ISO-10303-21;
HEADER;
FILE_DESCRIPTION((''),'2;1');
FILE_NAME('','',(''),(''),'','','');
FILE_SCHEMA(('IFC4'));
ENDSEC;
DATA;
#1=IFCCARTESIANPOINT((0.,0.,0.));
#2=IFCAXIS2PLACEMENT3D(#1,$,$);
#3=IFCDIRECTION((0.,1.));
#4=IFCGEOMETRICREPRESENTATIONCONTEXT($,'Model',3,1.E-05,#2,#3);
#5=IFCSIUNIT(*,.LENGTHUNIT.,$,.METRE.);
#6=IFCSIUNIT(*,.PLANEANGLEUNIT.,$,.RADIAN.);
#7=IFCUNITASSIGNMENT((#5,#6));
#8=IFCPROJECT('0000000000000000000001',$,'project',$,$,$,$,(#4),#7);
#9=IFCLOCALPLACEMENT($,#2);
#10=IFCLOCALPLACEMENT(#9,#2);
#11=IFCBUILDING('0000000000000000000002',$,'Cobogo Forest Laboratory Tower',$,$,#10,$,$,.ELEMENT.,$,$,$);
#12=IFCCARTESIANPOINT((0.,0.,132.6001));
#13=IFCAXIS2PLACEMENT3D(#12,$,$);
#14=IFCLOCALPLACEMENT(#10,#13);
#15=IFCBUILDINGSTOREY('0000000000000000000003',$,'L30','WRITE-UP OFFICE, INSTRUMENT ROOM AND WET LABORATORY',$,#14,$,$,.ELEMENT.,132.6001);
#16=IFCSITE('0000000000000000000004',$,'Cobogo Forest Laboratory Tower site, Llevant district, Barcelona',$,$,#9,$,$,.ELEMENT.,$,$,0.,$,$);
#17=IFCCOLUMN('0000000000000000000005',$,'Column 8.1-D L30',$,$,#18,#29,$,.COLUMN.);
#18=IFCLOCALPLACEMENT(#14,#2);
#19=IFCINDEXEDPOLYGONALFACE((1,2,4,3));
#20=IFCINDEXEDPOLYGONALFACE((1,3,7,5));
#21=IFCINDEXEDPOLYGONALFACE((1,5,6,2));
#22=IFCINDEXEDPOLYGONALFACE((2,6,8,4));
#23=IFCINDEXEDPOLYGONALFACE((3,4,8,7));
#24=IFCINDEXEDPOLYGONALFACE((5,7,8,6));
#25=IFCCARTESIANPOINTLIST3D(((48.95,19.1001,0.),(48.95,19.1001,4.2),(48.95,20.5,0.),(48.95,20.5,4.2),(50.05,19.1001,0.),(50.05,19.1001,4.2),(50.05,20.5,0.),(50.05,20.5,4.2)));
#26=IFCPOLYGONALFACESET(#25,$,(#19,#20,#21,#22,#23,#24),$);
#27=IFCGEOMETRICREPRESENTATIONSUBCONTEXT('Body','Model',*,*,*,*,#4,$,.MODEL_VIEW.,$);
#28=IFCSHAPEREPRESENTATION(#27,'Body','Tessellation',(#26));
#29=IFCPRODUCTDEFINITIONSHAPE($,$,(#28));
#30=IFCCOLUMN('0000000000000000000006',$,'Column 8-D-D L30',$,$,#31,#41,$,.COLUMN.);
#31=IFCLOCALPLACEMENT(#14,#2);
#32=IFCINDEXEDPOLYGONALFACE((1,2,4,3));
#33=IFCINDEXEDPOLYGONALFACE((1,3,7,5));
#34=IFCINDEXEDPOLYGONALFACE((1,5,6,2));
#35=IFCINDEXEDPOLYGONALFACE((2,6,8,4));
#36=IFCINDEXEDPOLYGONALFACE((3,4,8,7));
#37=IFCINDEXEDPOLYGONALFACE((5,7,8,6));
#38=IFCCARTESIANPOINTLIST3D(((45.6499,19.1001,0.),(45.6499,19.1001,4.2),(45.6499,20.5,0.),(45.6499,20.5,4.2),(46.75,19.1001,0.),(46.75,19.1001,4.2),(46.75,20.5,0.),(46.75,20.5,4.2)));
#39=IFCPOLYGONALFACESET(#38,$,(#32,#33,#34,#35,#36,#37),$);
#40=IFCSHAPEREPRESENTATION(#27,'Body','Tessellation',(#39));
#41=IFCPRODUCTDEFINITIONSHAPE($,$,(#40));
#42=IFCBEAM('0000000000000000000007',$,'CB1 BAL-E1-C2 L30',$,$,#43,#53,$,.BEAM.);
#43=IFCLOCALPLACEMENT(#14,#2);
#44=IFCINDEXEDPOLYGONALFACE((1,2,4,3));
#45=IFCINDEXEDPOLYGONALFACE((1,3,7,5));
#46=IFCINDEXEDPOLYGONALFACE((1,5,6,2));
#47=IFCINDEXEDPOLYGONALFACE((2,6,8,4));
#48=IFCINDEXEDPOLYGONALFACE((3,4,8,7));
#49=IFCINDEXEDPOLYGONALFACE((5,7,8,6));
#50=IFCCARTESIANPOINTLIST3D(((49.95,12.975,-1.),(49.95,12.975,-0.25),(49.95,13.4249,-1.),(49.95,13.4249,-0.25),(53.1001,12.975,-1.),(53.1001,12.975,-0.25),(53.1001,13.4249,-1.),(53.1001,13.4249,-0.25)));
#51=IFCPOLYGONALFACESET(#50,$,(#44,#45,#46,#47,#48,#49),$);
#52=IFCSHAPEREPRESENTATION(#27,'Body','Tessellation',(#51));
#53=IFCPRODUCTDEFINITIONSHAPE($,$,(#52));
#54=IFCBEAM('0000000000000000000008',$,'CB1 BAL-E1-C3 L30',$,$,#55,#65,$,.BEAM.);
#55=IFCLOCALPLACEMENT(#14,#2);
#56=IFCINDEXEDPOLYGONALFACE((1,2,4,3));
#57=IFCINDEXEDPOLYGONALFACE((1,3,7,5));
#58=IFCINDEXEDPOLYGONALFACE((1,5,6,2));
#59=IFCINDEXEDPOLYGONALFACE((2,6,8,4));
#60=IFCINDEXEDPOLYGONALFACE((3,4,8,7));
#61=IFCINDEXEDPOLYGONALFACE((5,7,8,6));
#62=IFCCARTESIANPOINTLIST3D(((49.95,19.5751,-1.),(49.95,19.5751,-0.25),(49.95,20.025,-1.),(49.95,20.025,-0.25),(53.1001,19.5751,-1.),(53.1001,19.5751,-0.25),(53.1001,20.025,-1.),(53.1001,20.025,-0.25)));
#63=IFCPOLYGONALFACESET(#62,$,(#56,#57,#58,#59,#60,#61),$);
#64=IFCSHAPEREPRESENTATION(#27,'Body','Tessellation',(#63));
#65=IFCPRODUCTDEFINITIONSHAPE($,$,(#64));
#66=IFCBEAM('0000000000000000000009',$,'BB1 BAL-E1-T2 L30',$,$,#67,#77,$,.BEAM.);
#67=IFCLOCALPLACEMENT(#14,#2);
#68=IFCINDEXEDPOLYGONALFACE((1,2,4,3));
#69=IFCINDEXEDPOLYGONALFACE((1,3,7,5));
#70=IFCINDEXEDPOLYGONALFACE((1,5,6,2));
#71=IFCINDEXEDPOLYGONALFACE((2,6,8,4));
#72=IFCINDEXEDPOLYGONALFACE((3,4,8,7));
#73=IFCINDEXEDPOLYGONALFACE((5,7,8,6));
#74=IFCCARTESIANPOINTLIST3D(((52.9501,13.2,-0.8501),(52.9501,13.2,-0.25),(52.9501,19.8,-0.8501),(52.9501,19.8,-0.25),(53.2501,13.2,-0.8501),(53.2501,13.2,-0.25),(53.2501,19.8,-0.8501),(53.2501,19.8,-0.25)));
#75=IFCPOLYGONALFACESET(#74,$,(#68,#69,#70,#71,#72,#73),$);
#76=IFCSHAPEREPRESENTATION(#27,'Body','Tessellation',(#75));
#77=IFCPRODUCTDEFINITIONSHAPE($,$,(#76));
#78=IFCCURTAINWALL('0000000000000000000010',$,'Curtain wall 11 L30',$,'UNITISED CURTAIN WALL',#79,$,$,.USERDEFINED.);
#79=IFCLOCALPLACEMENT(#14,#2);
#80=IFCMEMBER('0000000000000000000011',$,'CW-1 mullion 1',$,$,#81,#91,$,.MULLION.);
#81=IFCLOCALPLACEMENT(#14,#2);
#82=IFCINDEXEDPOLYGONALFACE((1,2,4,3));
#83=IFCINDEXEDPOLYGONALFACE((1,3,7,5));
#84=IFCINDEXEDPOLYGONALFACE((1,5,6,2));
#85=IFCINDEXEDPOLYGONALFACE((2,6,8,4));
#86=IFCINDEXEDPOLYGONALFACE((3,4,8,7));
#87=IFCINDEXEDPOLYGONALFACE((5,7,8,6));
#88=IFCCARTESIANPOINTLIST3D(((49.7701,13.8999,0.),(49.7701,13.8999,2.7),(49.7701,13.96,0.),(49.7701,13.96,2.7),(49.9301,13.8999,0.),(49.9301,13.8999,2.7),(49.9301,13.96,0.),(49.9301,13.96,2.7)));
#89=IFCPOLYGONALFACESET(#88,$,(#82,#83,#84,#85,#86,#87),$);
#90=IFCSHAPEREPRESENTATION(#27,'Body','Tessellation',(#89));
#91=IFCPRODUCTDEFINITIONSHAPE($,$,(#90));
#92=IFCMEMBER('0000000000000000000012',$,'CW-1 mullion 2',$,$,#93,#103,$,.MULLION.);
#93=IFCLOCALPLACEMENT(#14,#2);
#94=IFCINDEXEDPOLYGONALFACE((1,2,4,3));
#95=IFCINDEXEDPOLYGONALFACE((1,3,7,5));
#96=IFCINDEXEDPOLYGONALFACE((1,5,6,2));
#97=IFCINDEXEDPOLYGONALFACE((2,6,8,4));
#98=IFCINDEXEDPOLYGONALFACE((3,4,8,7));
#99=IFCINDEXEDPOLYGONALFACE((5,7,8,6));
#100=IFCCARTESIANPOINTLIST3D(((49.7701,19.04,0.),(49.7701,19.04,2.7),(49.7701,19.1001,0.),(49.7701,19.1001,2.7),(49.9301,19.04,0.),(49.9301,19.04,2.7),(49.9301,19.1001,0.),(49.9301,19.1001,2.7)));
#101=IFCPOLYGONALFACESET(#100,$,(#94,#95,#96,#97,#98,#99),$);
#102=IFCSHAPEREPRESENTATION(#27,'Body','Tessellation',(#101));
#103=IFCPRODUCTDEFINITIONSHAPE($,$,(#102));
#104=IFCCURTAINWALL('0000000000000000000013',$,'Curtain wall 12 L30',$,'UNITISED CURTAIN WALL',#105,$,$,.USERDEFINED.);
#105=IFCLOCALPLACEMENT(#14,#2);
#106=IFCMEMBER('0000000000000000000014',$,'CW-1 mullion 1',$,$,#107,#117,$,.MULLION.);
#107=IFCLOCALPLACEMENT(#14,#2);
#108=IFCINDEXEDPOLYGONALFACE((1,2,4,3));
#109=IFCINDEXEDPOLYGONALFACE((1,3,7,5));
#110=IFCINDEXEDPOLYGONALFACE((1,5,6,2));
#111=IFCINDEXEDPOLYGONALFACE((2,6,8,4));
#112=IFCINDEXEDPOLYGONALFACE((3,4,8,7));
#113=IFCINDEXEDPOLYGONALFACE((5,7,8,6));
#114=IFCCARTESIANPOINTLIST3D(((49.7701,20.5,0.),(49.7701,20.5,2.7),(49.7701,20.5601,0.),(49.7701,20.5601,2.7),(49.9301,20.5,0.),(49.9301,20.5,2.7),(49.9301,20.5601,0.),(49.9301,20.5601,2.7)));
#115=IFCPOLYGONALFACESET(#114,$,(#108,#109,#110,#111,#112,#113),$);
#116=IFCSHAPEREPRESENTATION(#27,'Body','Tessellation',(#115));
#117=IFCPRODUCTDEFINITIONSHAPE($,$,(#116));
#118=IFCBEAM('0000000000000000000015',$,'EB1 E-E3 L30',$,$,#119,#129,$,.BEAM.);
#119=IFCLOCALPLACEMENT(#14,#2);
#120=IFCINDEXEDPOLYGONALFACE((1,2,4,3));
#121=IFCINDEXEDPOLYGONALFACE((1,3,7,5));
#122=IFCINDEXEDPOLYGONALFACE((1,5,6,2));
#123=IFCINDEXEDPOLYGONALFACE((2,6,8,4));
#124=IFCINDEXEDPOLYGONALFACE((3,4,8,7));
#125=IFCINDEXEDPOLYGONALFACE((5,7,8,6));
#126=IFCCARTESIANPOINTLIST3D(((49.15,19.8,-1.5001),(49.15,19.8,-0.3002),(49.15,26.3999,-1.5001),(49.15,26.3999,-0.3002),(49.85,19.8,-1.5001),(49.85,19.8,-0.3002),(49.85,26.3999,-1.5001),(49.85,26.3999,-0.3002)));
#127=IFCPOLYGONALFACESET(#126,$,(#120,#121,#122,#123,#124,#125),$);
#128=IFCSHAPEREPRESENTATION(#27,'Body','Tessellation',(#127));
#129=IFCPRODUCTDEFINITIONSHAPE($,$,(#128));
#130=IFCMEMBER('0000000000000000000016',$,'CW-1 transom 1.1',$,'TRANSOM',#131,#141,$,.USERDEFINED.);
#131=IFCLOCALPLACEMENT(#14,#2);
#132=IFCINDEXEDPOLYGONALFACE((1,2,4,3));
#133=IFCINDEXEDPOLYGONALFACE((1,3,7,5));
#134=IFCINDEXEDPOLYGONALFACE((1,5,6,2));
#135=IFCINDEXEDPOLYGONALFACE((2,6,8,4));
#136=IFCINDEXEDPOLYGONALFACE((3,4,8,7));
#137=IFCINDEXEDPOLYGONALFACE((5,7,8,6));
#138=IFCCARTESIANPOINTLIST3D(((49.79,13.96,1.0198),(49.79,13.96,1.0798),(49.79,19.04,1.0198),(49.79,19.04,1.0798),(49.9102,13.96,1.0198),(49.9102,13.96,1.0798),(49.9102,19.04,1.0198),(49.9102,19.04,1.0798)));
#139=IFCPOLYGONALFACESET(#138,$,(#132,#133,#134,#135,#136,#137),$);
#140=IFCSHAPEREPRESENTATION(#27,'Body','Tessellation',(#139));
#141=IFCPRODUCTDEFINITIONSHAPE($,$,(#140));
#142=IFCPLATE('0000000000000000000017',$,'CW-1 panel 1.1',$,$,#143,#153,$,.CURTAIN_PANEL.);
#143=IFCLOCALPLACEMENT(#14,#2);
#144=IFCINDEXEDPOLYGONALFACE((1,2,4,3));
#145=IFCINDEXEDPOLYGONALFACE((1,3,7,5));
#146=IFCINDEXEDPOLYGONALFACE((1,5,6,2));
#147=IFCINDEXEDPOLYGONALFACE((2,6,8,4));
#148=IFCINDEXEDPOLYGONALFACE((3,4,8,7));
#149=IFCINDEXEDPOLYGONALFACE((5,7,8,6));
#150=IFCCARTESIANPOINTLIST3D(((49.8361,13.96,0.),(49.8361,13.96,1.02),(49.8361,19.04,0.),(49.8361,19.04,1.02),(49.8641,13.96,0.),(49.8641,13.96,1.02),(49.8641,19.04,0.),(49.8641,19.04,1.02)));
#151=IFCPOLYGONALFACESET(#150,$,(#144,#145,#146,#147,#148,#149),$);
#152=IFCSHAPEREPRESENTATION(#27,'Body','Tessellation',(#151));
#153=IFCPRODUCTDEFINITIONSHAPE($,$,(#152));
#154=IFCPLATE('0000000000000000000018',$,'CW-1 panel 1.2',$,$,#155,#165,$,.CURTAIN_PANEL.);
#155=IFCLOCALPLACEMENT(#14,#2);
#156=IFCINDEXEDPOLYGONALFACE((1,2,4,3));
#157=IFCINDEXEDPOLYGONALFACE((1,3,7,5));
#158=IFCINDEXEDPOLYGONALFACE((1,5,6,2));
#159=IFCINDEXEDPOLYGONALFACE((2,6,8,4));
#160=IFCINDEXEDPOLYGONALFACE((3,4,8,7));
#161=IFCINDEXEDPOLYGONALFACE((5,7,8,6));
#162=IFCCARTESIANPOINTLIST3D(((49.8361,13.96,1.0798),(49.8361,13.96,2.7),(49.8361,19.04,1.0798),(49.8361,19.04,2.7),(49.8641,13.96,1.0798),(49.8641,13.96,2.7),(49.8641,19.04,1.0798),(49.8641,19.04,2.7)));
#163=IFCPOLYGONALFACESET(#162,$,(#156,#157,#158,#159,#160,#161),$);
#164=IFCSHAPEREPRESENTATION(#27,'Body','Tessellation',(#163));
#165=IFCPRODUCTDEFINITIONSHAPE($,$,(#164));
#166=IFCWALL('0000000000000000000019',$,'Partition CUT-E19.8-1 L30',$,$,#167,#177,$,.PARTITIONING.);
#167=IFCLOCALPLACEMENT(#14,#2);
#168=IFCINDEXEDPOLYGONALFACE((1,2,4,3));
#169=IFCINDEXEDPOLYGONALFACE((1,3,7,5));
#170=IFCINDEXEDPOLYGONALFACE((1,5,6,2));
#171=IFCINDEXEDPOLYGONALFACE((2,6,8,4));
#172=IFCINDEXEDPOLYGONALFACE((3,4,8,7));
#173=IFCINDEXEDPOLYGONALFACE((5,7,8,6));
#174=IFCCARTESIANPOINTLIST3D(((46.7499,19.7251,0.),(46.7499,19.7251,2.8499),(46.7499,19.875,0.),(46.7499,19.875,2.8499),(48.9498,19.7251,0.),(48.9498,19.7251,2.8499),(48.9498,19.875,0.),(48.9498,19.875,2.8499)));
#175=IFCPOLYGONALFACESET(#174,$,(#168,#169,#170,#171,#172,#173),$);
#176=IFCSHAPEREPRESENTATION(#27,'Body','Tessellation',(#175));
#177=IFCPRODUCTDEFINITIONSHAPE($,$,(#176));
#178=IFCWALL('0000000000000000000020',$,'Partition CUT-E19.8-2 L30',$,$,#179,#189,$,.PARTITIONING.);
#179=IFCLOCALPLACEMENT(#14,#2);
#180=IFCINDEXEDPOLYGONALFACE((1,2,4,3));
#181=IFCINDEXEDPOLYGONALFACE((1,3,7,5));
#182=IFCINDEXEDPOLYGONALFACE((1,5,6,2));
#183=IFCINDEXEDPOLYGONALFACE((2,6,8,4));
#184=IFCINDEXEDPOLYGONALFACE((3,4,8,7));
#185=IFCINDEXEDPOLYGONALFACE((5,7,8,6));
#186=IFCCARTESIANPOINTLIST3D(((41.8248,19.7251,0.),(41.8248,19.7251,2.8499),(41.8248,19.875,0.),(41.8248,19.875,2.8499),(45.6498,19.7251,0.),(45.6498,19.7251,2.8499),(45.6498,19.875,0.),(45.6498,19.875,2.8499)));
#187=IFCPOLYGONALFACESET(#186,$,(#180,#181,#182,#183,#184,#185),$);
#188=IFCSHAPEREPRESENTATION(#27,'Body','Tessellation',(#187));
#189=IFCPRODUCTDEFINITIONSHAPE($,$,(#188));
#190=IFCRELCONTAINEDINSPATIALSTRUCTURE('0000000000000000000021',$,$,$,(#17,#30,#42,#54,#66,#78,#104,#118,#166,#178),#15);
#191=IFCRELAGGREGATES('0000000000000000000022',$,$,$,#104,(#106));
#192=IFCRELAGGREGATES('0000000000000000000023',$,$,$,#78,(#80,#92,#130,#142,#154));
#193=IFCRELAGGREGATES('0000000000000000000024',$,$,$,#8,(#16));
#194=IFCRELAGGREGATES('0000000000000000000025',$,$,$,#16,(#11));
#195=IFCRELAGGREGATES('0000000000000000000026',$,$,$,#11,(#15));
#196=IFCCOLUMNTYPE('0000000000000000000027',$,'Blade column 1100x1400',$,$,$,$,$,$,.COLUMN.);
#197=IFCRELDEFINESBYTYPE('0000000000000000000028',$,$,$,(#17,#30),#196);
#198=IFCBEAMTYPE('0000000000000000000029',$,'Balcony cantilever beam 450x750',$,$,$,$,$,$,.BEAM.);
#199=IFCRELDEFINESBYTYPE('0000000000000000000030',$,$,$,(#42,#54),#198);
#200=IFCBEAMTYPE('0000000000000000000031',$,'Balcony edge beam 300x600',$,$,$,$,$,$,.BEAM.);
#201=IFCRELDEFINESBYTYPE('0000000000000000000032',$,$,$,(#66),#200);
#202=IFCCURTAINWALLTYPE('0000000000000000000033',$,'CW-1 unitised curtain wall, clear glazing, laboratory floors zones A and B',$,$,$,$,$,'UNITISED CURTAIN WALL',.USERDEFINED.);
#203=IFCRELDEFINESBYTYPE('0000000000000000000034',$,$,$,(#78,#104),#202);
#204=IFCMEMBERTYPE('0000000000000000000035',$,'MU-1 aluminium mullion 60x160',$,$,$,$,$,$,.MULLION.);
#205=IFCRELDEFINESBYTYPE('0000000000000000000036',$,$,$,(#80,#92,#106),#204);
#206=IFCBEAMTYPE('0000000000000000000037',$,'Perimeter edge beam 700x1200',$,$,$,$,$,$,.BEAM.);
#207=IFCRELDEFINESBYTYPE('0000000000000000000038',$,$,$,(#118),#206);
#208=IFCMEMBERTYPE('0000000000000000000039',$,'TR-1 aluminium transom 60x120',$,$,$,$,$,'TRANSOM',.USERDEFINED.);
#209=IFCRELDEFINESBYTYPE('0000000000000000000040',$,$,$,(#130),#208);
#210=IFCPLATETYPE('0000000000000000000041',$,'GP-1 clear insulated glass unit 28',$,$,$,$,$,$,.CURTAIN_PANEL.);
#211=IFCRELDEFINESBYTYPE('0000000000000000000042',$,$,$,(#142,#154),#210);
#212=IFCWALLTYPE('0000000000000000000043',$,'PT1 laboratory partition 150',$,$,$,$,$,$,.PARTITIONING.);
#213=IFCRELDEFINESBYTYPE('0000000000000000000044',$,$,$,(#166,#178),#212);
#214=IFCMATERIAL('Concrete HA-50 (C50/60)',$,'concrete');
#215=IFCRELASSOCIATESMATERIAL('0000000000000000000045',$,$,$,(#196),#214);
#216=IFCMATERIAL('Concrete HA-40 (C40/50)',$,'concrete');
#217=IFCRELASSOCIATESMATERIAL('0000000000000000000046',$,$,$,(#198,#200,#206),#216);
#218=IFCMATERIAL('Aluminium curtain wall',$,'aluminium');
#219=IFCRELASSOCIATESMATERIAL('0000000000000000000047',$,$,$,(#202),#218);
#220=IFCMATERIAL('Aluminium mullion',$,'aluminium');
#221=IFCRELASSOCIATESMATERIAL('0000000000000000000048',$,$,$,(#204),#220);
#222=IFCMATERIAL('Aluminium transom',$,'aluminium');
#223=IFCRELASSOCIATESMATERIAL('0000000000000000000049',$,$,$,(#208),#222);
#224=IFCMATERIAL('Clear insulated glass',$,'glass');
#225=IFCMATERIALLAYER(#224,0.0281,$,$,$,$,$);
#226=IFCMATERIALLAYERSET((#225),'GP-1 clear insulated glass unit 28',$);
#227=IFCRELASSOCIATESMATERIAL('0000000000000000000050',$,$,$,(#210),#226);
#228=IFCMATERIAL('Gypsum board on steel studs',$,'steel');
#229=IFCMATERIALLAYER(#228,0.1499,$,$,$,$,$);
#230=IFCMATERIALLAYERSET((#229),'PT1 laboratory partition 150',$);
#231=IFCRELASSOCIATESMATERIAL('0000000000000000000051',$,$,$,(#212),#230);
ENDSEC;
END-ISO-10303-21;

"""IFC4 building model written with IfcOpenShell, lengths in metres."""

from ifc_helpers import new_model, si_unit, direction, frame, frame_2d, origin, origin_2d, place, context, subcontext, project, spatial, rectangle, extrude, material, layer, layer_set, material_profile, profile_set, type_object, element, aggregate, save


model = new_model("IFC4")

# Units and contexts
model_context = context("Model", 3, precision=1e-05, world=origin(), true_north=direction((0.0, 1.0)))
body_context = subcontext(model_context, "Body", "Model", "MODEL_VIEW")
ifc_project = project(units=[si_unit("LENGTHUNIT", "METRE"), si_unit("PLANEANGLEUNIT", "RADIAN")], contexts=[model_context])

# Site, building, storey
site_placement = place(None, origin())
site = spatial("IfcSite", under=ifc_project, at=site_placement, Name="Cobogo Forest Laboratory Tower site, Llevant district, Barcelona", CompositionType="ELEMENT", RefElevation=0.0)
building_placement = place(site_placement, origin())
building = spatial("IfcBuilding", under=site, at=building_placement, Name="Cobogo Forest Laboratory Tower", CompositionType="ELEMENT")
storey_placement = place(building_placement, frame((0.0, 0.0, 132.6001)))
storey = spatial("IfcBuildingStorey", under=building, at=storey_placement, Name="L30", Description="WRITE-UP OFFICE, INSTRUMENT ROOM AND WET LABORATORY", CompositionType="ELEMENT", Elevation=132.6001)

# Columns
ifc_material_1 = material(Name="Concrete HA-50 (C50/60)", Category="concrete")
ifc_material_profile_1 = material_profile(ifc_material_1, rectangle(XDim=1.3999, YDim=1.1001, at=origin_2d()), Name="RC 1100x1400")
ifc_profile_set_1 = profile_set([ifc_material_profile_1], Name="Concrete HA-50 (C50/60)")
column_type = type_object("IfcColumnType", Name="Blade column 1100x1400", PredefinedType="COLUMN", material=ifc_profile_set_1)
for number, where, z_axis, x_axis, name in (
    (1, (49.5, 19.8, 0.0), (0.0, 0.0, 1.0), (0.0, 1.0, 0.0), "Column 8.1-D L30"),
    (2, (46.2, 19.8, 0.0), (0.0, 0.0, 1.0), (0.0, 1.0, 0.0), "Column 8-D-D L30"),
):
    element("IfcColumn", number, at=place(storey_placement, frame(where, z_axis=z_axis, x_axis=x_axis)), inside=storey, type_object=column_type, Name=name, PredefinedType="COLUMN", context=body_context, shape_type="SweptSolid", body=[
        extrude(rectangle(XDim=1.3999, YDim=1.1001, at=origin_2d()), origin(), (0.0, 0.0, 1.0), 4.2),
    ])

# Beams
ifc_material_2 = material(Name="Concrete HA-40 (C40/50)", Category="concrete")
ifc_material_profile_2 = material_profile(ifc_material_2, rectangle(XDim=0.45, YDim=0.75, at=origin_2d()), Name="RC 450x750")
ifc_profile_set_2 = profile_set([ifc_material_profile_2], Name="Concrete HA-40 (C40/50)")
beam_type_1 = type_object("IfcBeamType", Name="Balcony cantilever beam 450x750", PredefinedType="BEAM", material=ifc_profile_set_2)
for number, where, z_axis, x_axis, name in (
    (3, (49.95, 13.2, -0.625), (1.0, 0.0, 0.0), (0.0, 1.0, 0.0), "CB1 BAL-E1-C2 L30"),
    (4, (49.95, 19.8, -0.625), (1.0, 0.0, 0.0), (0.0, 1.0, 0.0), "CB1 BAL-E1-C3 L30"),
):
    element("IfcBeam", number, at=place(storey_placement, frame(where, z_axis=z_axis, x_axis=x_axis)), inside=storey, type_object=beam_type_1, Name=name, PredefinedType="BEAM", context=body_context, shape_type="SweptSolid", body=[
        extrude(rectangle(XDim=0.45, YDim=0.75, at=origin_2d()), origin(), (0.0, 0.0, 1.0), 3.1501),
    ])
ifc_material_profile_3 = material_profile(ifc_material_2, rectangle(XDim=0.3, YDim=0.6001, at=origin_2d()), Name="RC 300x600")
ifc_profile_set_3 = profile_set([ifc_material_profile_3], Name="Concrete HA-40 (C40/50)")
beam_type_2 = type_object("IfcBeamType", Name="Balcony edge beam 300x600", PredefinedType="BEAM", material=ifc_profile_set_3)
beam_1_placement = place(storey_placement, frame((53.1001, 13.2, -0.55), z_axis=(0.0, 1.0, 0.0), x_axis=(-1.0, 0.0, 0.0)))
element("IfcBeam", 5, at=beam_1_placement, inside=storey, type_object=beam_type_2, Name="BB1 BAL-E1-T2 L30", PredefinedType="BEAM", context=body_context, shape_type="SweptSolid", body=[
    extrude(rectangle(XDim=0.3, YDim=0.6001, at=origin_2d()), origin(), (0.0, 0.0, 1.0), 6.6001),
])

# Curtain wall, members
ifc_material_3 = material(Name="Aluminium curtain wall", Category="aluminium")
curtain_wall_type = type_object("IfcCurtainWallType", Name="CW-1 unitised curtain wall, clear glazing, laboratory floors zones A and B", ElementType="UNITISED CURTAIN WALL", PredefinedType="USERDEFINED", material=ifc_material_3)
curtain_wall_1_placement = place(storey_placement, origin())
curtain_wall_1 = element("IfcCurtainWall", 6, at=curtain_wall_1_placement, inside=storey, type_object=curtain_wall_type, Name="Curtain wall 11 L30", ObjectType="UNITISED CURTAIN WALL", PredefinedType="USERDEFINED")
ifc_material_4 = material(Name="Aluminium mullion", Category="aluminium")
ifc_material_profile_4 = material_profile(ifc_material_4, rectangle(XDim=0.0601, YDim=0.1599, at=origin_2d()), Name="AL 60x160")
ifc_profile_set_4 = profile_set([ifc_material_profile_4], Name="Aluminium mullion")
member_type_1 = type_object("IfcMemberType", Name="MU-1 aluminium mullion 60x160", PredefinedType="MULLION", material=ifc_profile_set_4)
member_1_placement = place(storey_placement, frame((49.8501, 13.9299, 0.0), z_axis=(0.0, 0.0, 1.0), x_axis=(0.0, 1.0, 0.0)))
member_1 = element("IfcMember", 7, at=member_1_placement, type_object=member_type_1, Name="CW-1 mullion 1", PredefinedType="MULLION", context=body_context, shape_type="SweptSolid", body=[
    extrude(rectangle(XDim=0.0601, YDim=0.1599, at=origin_2d()), origin(), (0.0, 0.0, 1.0), 2.7),
])
member_2_placement = place(storey_placement, frame((49.8501, 19.0701, 0.0), z_axis=(0.0, 0.0, 1.0), x_axis=(0.0, 1.0, 0.0)))
member_2 = element("IfcMember", 8, at=member_2_placement, type_object=member_type_1, Name="CW-1 mullion 2", PredefinedType="MULLION", context=body_context, shape_type="SweptSolid", body=[
    extrude(rectangle(XDim=0.0601, YDim=0.1599, at=origin_2d()), origin(), (0.0, 0.0, 1.0), 2.7),
])

# Curtain wall, member
curtain_wall_2_placement = place(storey_placement, origin())
curtain_wall_2 = element("IfcCurtainWall", 9, at=curtain_wall_2_placement, inside=storey, type_object=curtain_wall_type, Name="Curtain wall 12 L30", ObjectType="UNITISED CURTAIN WALL", PredefinedType="USERDEFINED")
member_3_placement = place(storey_placement, frame((49.8501, 20.53, 0.0), z_axis=(0.0, 0.0, 1.0), x_axis=(0.0, 1.0, 0.0)))
member_3 = element("IfcMember", 10, at=member_3_placement, type_object=member_type_1, Name="CW-1 mullion 1", PredefinedType="MULLION", context=body_context, shape_type="SweptSolid", body=[
    extrude(rectangle(XDim=0.0601, YDim=0.1599, at=origin_2d()), origin(), (0.0, 0.0, 1.0), 2.7),
])
aggregate(curtain_wall_2, [member_3])

# Beam
ifc_material_profile_5 = material_profile(ifc_material_2, rectangle(XDim=0.7, YDim=1.2, at=origin_2d()), Name="RC 700x1200")
ifc_profile_set_5 = profile_set([ifc_material_profile_5], Name="Concrete HA-40 (C40/50)")
beam_type_3 = type_object("IfcBeamType", Name="Perimeter edge beam 700x1200", PredefinedType="BEAM", material=ifc_profile_set_5)
beam_2_placement = place(storey_placement, frame((49.5, 19.8, -0.9001), z_axis=(0.0, 1.0, 0.0), x_axis=(-1.0, 0.0, 0.0)))
element("IfcBeam", 11, at=beam_2_placement, inside=storey, type_object=beam_type_3, Name="EB1 E-E3 L30", PredefinedType="BEAM", context=body_context, shape_type="SweptSolid", body=[
    extrude(rectangle(XDim=0.7, YDim=1.2, at=origin_2d()), origin(), (0.0, 0.0, 1.0), 6.5999),
])

# Member
ifc_material_5 = material(Name="Aluminium transom", Category="aluminium")
ifc_material_profile_6 = material_profile(ifc_material_5, rectangle(XDim=0.1201, YDim=0.0601, at=origin_2d()), Name="AL 60x120")
ifc_profile_set_6 = profile_set([ifc_material_profile_6], Name="Aluminium transom")
member_type_2 = type_object("IfcMemberType", Name="TR-1 aluminium transom 60x120", ElementType="TRANSOM", PredefinedType="USERDEFINED", material=ifc_profile_set_6)
member_4_placement = place(storey_placement, frame((49.8501, 13.96, 1.0498), z_axis=(0.0, 1.0, 0.0), x_axis=(-1.0, 0.0, 0.0)))
member_4 = element("IfcMember", 12, at=member_4_placement, type_object=member_type_2, Name="CW-1 transom 1.1", ObjectType="TRANSOM", PredefinedType="USERDEFINED", context=body_context, shape_type="SweptSolid", body=[
    extrude(rectangle(XDim=0.1201, YDim=0.0601, at=origin_2d()), origin(), (0.0, 0.0, 1.0), 5.0801),
])

# Plates
ifc_material_6 = material(Name="Clear insulated glass", Category="glass")
ifc_layer_1 = layer(ifc_material_6, 0.0281)
ifc_layer_set_1 = layer_set([ifc_layer_1], Name="GP-1 clear insulated glass unit 28")
plate_type_1 = type_object("IfcPlateType", Name="GP-1 clear insulated glass unit 28", PredefinedType="CURTAIN_PANEL", material=ifc_layer_set_1)
plate_1_placement = place(storey_placement, frame((49.8501, 16.5, 0.0), z_axis=(0.0, 0.0, 1.0), x_axis=(0.0, 1.0, 0.0)))
plate_1 = element("IfcPlate", 13, at=plate_1_placement, type_object=plate_type_1, Name="CW-1 panel 1.1", PredefinedType="CURTAIN_PANEL", context=body_context, shape_type="SweptSolid", body=[
    extrude(rectangle(XDim=5.0801, YDim=0.0281, at=origin_2d()), origin(), (0.0, 0.0, 1.0), 1.02),
])
plate_2_placement = place(storey_placement, frame((49.8501, 16.5, 1.0798), z_axis=(0.0, 0.0, 1.0), x_axis=(0.0, 1.0, 0.0)))
plate_2 = element("IfcPlate", 14, at=plate_2_placement, type_object=plate_type_1, Name="CW-1 panel 1.2", PredefinedType="CURTAIN_PANEL", context=body_context, shape_type="SweptSolid", body=[
    extrude(rectangle(XDim=5.0801, YDim=0.0281, at=origin_2d()), origin(), (0.0, 0.0, 1.0), 1.6201),
])
aggregate(curtain_wall_1, [member_1, member_2, member_4, plate_1, plate_2])

# Walls
ifc_material_7 = material(Name="Gypsum board on steel studs", Category="steel")
ifc_layer_2 = layer(ifc_material_7, 0.1499)
ifc_layer_set_2 = layer_set([ifc_layer_2], Name="PT1 laboratory partition 150")
wall_type = type_object("IfcWallType", Name="PT1 laboratory partition 150", PredefinedType="PARTITIONING", material=ifc_layer_set_2)
wall_1_placement = place(storey_placement, frame((48.95, 19.8, 0.0), z_axis=(0.0, 0.0, 1.0), x_axis=(-1.0, 0.0, 0.0)))
element("IfcWall", 15, at=wall_1_placement, inside=storey, type_object=wall_type, Name="Partition CUT-E19.8-1 L30", PredefinedType="PARTITIONING", context=body_context, shape_type="SweptSolid", body=[
    extrude(rectangle(XDim=2.2, YDim=0.1499, at=frame_2d((1.1001, 0.0))), origin(), (0.0, 0.0, 1.0), 2.8499),
])
wall_2_placement = place(storey_placement, frame((45.6499, 19.8, 0.0), z_axis=(0.0, 0.0, 1.0), x_axis=(-1.0, 0.0, 0.0)))
element("IfcWall", 16, at=wall_2_placement, inside=storey, type_object=wall_type, Name="Partition CUT-E19.8-2 L30", PredefinedType="PARTITIONING", context=body_context, shape_type="SweptSolid", body=[
    extrude(rectangle(XDim=3.825, YDim=0.1499, at=frame_2d((1.9126, 0.0))), origin(), (0.0, 0.0, 1.0), 2.8499),
])

save(model, "model.ifc")
